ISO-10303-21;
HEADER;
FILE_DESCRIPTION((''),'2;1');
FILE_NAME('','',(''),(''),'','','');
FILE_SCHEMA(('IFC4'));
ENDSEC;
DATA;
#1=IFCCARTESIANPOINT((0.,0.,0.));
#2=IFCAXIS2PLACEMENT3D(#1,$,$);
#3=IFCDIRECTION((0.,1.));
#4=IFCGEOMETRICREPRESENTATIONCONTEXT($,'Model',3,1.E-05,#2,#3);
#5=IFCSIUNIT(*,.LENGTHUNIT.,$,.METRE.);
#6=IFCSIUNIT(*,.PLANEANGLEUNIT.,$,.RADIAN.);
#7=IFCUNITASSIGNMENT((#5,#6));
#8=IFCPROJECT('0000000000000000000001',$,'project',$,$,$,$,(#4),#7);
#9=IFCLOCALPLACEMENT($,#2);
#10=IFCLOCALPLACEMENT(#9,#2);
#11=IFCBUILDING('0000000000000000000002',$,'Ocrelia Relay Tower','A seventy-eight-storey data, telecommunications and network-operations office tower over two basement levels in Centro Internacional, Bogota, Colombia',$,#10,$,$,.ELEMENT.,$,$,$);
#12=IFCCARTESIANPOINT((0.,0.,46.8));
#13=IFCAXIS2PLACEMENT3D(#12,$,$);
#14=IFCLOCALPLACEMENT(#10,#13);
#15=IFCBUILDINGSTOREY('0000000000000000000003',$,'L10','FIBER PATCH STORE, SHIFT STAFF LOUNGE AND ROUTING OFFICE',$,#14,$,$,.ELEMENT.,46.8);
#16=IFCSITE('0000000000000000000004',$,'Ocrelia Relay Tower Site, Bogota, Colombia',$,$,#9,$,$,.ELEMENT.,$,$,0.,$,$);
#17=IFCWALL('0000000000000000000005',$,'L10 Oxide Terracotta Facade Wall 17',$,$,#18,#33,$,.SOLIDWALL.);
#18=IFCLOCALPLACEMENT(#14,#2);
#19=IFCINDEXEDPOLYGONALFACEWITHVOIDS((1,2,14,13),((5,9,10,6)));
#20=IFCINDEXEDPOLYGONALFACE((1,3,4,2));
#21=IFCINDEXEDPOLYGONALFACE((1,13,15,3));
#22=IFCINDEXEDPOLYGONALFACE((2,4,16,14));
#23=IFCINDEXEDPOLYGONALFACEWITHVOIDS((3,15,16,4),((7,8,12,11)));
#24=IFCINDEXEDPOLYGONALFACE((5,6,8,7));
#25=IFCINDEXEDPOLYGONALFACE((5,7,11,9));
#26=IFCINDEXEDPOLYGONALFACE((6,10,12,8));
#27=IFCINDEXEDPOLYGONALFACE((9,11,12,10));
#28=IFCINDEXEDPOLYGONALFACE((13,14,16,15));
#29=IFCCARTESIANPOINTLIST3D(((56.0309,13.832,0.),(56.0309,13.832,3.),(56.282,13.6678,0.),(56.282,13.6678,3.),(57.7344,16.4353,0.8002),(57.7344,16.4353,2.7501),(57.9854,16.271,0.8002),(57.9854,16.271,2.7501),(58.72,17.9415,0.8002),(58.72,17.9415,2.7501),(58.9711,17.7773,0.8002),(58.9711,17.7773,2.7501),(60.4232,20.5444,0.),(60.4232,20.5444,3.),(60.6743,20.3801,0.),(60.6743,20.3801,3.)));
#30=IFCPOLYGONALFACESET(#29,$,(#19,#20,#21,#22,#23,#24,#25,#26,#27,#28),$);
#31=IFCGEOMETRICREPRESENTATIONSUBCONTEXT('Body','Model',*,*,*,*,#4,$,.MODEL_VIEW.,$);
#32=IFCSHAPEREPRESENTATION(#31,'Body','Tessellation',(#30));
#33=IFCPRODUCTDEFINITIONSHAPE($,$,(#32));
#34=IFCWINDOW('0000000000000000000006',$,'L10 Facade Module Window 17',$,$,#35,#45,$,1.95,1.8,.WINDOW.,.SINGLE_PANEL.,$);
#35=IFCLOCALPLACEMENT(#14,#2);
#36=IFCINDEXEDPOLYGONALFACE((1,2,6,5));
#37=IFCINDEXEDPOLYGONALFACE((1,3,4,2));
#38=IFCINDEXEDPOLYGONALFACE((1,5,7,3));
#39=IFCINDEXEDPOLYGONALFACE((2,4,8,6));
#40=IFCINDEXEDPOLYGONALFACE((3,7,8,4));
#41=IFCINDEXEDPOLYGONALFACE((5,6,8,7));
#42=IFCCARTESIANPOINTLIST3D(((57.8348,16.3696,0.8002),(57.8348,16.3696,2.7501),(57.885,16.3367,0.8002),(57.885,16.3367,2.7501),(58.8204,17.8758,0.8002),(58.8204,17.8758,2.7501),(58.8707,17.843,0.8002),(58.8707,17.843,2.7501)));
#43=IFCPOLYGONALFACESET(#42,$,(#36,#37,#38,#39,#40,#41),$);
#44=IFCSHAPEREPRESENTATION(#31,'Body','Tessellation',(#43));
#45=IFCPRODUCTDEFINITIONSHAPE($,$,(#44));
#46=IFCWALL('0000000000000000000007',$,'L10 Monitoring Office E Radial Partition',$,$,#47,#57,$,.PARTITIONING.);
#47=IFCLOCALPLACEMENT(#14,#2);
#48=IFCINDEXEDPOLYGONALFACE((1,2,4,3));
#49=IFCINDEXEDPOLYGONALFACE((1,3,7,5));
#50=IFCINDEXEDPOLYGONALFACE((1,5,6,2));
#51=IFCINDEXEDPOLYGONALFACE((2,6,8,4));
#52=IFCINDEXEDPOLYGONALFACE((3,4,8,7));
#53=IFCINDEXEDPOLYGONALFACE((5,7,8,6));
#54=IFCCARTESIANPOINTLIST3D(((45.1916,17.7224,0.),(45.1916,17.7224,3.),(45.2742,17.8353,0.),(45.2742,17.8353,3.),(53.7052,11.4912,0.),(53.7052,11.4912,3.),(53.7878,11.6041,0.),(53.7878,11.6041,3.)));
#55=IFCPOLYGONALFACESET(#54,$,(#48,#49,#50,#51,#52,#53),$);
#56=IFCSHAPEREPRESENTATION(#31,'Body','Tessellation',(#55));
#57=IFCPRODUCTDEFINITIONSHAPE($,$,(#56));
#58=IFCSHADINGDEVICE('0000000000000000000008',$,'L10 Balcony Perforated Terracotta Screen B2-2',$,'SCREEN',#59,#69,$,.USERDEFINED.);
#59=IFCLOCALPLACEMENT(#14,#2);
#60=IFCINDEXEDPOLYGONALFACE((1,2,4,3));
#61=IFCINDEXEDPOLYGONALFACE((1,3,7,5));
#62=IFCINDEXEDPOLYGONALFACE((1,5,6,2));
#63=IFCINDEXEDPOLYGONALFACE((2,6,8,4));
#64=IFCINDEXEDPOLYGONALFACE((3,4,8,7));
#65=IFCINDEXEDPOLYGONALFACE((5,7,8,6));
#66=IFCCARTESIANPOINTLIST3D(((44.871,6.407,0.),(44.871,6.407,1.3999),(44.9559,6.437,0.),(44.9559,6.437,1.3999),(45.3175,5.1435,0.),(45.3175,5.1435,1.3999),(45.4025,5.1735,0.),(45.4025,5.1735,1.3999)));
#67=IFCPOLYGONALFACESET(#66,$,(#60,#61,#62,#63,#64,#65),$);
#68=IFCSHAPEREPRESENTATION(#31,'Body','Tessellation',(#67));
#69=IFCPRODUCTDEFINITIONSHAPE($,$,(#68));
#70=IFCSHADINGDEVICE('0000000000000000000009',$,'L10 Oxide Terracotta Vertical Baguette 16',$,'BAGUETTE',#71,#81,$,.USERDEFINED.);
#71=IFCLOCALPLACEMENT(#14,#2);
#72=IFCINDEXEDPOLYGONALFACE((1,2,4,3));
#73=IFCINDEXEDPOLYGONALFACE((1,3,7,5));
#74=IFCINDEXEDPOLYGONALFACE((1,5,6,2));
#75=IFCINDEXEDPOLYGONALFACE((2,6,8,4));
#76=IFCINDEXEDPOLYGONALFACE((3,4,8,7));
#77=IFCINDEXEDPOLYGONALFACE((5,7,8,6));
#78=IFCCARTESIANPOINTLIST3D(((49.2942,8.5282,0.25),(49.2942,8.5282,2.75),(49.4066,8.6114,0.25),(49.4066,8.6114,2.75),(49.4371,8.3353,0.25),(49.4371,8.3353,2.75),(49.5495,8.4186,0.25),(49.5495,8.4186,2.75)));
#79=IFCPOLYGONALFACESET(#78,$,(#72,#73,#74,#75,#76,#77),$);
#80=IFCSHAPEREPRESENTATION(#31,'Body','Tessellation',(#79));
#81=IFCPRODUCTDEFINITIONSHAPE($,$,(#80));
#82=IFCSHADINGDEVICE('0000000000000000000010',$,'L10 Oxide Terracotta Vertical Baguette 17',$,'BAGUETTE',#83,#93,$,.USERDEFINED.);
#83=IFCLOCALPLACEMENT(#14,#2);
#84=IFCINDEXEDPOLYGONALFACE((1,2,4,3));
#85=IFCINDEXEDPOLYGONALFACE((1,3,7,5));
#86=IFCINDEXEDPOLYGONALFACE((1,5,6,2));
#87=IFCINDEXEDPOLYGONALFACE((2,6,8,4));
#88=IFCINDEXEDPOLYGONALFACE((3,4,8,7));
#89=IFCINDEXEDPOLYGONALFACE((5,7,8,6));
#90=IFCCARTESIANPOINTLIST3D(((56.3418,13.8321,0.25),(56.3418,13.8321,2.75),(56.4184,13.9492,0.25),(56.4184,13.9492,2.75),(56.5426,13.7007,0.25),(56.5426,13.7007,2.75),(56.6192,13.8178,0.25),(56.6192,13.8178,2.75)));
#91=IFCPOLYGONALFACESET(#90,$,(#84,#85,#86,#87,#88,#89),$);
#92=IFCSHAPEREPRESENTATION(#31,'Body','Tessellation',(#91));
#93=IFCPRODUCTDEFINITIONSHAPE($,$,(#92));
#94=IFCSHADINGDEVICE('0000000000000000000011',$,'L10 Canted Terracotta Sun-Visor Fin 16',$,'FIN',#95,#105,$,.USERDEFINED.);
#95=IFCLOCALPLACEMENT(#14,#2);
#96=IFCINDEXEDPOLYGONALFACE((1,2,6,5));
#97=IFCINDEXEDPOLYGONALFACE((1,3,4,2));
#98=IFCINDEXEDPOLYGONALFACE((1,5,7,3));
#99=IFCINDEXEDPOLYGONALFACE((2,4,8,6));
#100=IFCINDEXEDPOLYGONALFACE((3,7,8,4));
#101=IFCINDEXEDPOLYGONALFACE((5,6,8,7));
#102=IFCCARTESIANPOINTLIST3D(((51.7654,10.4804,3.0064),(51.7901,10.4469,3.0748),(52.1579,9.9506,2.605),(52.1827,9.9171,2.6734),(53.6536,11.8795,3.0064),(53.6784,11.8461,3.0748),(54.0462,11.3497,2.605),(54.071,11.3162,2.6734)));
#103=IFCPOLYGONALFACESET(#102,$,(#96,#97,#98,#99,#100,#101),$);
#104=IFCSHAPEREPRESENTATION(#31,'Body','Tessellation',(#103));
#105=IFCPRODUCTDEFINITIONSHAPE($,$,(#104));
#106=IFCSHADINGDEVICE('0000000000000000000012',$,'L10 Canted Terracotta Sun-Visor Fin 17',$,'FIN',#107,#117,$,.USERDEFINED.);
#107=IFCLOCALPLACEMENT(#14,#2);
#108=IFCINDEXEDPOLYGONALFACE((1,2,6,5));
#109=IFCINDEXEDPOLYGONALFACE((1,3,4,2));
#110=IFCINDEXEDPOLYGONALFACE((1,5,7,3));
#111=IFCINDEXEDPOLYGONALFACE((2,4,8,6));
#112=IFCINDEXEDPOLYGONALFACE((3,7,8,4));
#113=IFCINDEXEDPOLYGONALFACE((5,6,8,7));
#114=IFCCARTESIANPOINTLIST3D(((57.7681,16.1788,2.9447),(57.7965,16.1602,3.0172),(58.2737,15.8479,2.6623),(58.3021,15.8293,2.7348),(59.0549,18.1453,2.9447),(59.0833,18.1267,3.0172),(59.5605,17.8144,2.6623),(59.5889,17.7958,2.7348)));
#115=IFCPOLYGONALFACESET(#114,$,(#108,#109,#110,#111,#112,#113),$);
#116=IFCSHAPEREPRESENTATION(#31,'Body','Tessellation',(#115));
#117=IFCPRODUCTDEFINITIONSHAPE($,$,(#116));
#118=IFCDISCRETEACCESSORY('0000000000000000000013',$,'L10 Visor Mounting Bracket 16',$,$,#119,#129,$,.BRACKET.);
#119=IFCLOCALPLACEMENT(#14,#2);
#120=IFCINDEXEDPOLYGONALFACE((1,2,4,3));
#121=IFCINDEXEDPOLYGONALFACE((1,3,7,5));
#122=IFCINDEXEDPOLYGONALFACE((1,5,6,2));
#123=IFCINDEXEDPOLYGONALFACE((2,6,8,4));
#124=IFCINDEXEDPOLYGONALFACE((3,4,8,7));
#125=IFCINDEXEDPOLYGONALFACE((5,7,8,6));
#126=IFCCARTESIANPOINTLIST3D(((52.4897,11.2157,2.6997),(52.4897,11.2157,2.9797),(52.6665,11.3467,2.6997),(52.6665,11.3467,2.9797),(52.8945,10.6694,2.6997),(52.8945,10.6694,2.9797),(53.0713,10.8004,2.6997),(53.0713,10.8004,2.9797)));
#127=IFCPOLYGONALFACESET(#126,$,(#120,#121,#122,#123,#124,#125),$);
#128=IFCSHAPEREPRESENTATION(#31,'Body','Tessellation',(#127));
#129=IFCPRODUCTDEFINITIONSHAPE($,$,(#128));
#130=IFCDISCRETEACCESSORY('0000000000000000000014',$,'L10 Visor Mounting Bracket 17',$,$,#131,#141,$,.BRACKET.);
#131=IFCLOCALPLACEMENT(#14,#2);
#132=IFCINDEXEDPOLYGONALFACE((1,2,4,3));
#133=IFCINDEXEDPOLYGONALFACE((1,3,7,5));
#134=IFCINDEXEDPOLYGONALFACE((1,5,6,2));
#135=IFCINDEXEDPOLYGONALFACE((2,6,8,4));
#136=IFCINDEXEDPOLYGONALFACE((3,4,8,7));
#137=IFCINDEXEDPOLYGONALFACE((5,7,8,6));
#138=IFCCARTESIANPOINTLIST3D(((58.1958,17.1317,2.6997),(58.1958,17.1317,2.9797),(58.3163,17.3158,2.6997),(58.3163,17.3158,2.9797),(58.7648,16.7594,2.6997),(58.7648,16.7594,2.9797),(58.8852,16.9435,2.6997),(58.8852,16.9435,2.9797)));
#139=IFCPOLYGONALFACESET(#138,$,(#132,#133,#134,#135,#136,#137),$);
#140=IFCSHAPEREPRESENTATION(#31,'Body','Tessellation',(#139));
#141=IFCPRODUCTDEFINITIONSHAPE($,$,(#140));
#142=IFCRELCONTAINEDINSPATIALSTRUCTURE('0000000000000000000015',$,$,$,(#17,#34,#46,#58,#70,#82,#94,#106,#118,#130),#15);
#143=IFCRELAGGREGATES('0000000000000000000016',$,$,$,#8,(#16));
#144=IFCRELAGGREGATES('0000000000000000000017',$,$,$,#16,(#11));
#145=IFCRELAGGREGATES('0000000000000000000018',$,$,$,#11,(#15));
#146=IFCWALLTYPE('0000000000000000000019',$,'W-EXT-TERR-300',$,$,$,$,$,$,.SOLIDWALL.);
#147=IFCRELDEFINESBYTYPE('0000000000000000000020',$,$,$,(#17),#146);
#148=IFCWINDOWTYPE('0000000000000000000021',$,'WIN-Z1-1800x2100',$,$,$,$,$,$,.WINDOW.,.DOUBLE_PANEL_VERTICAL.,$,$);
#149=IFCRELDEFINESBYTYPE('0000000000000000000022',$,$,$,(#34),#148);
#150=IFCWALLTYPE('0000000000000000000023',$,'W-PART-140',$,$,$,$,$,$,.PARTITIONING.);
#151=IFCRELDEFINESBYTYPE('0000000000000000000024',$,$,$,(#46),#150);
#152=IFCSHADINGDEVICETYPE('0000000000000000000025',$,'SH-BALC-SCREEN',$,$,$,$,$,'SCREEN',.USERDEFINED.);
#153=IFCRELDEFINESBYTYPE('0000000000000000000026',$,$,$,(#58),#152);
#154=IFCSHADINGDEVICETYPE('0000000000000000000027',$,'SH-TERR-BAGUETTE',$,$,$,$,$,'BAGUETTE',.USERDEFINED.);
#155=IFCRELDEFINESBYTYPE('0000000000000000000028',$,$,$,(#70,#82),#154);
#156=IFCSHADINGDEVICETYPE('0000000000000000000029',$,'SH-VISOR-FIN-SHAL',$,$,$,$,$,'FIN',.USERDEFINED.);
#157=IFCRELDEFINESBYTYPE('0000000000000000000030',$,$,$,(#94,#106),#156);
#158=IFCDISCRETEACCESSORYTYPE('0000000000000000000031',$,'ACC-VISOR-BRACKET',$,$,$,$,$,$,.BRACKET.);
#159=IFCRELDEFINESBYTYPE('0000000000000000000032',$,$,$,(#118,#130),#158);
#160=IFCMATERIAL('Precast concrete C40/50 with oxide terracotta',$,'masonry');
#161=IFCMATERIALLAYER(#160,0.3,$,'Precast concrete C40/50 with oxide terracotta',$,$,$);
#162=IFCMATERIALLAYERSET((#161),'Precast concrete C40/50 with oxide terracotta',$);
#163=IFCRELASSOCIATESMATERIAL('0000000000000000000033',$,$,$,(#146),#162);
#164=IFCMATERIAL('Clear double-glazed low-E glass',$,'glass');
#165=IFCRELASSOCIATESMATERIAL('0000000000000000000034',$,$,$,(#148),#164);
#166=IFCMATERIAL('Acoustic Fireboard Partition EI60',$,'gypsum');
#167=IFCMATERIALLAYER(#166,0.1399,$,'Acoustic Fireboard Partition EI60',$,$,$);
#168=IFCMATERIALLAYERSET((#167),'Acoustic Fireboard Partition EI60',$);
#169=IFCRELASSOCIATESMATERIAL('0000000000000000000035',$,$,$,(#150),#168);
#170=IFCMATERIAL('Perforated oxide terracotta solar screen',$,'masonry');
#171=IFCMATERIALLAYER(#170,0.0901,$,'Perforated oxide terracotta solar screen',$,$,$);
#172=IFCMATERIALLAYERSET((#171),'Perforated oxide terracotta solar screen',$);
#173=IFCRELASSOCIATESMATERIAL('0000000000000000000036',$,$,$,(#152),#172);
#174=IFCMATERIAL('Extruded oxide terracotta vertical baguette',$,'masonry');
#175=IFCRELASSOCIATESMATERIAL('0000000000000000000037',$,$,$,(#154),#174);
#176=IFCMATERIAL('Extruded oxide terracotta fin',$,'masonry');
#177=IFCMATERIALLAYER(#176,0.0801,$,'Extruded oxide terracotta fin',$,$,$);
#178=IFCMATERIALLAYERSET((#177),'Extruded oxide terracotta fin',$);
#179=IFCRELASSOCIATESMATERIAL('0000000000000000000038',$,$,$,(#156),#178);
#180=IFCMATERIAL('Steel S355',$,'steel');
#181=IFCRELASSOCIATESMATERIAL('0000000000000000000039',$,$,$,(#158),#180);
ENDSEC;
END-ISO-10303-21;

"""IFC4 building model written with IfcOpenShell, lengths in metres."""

from ifc_helpers import new_model, si_unit, direction, frame, frame_2d, origin, origin_2d, place, context, subcontext, project, spatial, rectangle, extrude, material, layer, layer_set, type_object, element, fill, save


model = new_model("IFC4")

# Units and contexts
model_context = context("Model", 3, precision=1e-05, world=origin(), true_north=direction((0.0, 1.0)))
body_context = subcontext(model_context, "Body", "Model", "MODEL_VIEW")
ifc_project = project(units=[si_unit("LENGTHUNIT", "METRE"), si_unit("PLANEANGLEUNIT", "RADIAN")], contexts=[model_context])

# Site, building, storey
site_placement = place(None, origin())
site = spatial("IfcSite", under=ifc_project, at=site_placement, Name="Ocrelia Relay Tower Site, Bogota, Colombia", CompositionType="ELEMENT", RefElevation=0.0)
building_placement = place(site_placement, origin())
building = spatial("IfcBuilding", under=site, at=building_placement, Name="Ocrelia Relay Tower", Description="A seventy-eight-storey data, telecommunications and network-operations office tower over two basement levels in Centro Internacional, Bogota, Colombia", CompositionType="ELEMENT")
storey_placement = place(building_placement, frame((0.0, 0.0, 46.8)))
storey = spatial("IfcBuildingStorey", under=building, at=storey_placement, Name="L10", Description="FIBER PATCH STORE, SHIFT STAFF LOUNGE AND ROUTING OFFICE", CompositionType="ELEMENT", Elevation=46.8)

# Shared definitions
ifc_material_1 = material(Name="Steel S355", Category="steel")

# Wall, opening, window
ifc_material_2 = material(Name="Precast concrete C40/50 with oxide terracotta", Category="masonry")
ifc_layer_1 = layer(ifc_material_2, 0.3, Name="Precast concrete C40/50 with oxide terracotta")
ifc_layer_set_1 = layer_set([ifc_layer_1], Name="Precast concrete C40/50 with oxide terracotta")
wall_type_1 = type_object("IfcWallType", Name="W-EXT-TERR-300", PredefinedType="SOLIDWALL", material=ifc_layer_set_1)
ifc_material_3 = material(Name="Clear double-glazed low-E glass", Category="glass")
window_type = type_object("IfcWindowType", Name="WIN-Z1-1800x2100", PartitioningType="DOUBLE_PANEL_VERTICAL", PredefinedType="WINDOW", material=ifc_material_3)
wall_1_placement = place(storey_placement, frame((56.1565, 13.75, 0.0), z_axis=(0.0, 0.0, 1.0), x_axis=(0.547551, 0.836772, 0.0)))
wall_1 = element("IfcWall", 1, at=wall_1_placement, inside=storey, type_object=wall_type_1, Name="L10 Oxide Terracotta Facade Wall 17", PredefinedType="SOLIDWALL", context=body_context, shape_type="SweptSolid", body=[
    extrude(rectangle(XDim=8.0217, YDim=0.3, at=frame_2d((4.0107, 0.0))), origin(), (0.0, 0.0, 1.0), 3.0),
])
opening_1_placement = place(wall_1_placement, frame((3.1111, 0.0, 0.8)))
opening_1 = element("IfcOpeningElement", 2, at=opening_1_placement, cuts=wall_1, PredefinedType="OPENING", context=body_context, shape_type="SweptSolid", body=[
    extrude(rectangle(XDim=1.8, YDim=1.95, at=frame_2d((0.8999, 0.9751))), frame((0.0, 0.1602, 0.0), z_axis=(0.0, -1.0, 0.0), x_axis=(1.0, 0.0, 0.0)), (0.0, 0.0, 1.0), 0.3201),
])
window_1_placement = place(opening_1_placement, origin())
window_1 = element("IfcWindow", 3, at=window_1_placement, inside=storey, type_object=window_type, Name="L10 Facade Module Window 17", OverallHeight=1.95, OverallWidth=1.8, PartitioningType="SINGLE_PANEL", PredefinedType="WINDOW", context=body_context, shape_type="SweptSolid", body=[
    extrude(rectangle(XDim=1.8, YDim=1.95, at=frame_2d((0.8999, 0.9751))), frame((0.0, 0.03, 0.0), z_axis=(0.0, -1.0, 0.0), x_axis=(1.0, 0.0, 0.0)), (0.0, 0.0, 1.0), 0.0601),
])
fill(opening_1, window_1)

# Wall
ifc_material_4 = material(Name="Acoustic Fireboard Partition EI60", Category="gypsum")
ifc_layer_2 = layer(ifc_material_4, 0.1399, Name="Acoustic Fireboard Partition EI60")
ifc_layer_set_2 = layer_set([ifc_layer_2], Name="Acoustic Fireboard Partition EI60")
wall_type_2 = type_object("IfcWallType", Name="W-PART-140", PredefinedType="PARTITIONING", material=ifc_layer_set_2)
wall_2_placement = place(storey_placement, frame((45.2329, 17.7788, 0.0), z_axis=(0.0, 0.0, 1.0), x_axis=(0.806954, -0.590614, 0.0)))
element("IfcWall", 4, at=wall_2_placement, inside=storey, type_object=wall_type_2, Name="L10 Monitoring Office E Radial Partition", PredefinedType="PARTITIONING", context=body_context, shape_type="SweptSolid", body=[
    extrude(rectangle(XDim=10.5503, YDim=0.1399, at=frame_2d((5.2751, 0.0))), origin(), (0.0, 0.0, 1.0), 3.0),
])

# Shading devices
ifc_material_5 = material(Name="Perforated oxide terracotta solar screen", Category="masonry")
ifc_layer_3 = layer(ifc_material_5, 0.0901, Name="Perforated oxide terracotta solar screen")
ifc_layer_set_3 = layer_set([ifc_layer_3], Name="Perforated oxide terracotta solar screen")
shading_device_type_1 = type_object("IfcShadingDeviceType", Name="SH-BALC-SCREEN", ElementType="SCREEN", PredefinedType="USERDEFINED", material=ifc_layer_set_3)
shading_device_1_placement = place(storey_placement, frame((45.1367, 5.7903, 0.0), z_axis=(0.0, 0.0, 1.0), x_axis=(0.333207, -0.942854, 0.0)))
element("IfcShadingDevice", 5, at=shading_device_1_placement, inside=storey, type_object=shading_device_type_1, Name="L10 Balcony Perforated Terracotta Screen B2-2", ObjectType="SCREEN", PredefinedType="USERDEFINED", context=body_context, shape_type="SweptSolid", body=[
    extrude(rectangle(XDim=1.3401, YDim=0.0901, at=origin_2d()), origin(), (0.0, 0.0, 1.0), 1.3999),
])
ifc_material_6 = material(Name="Extruded oxide terracotta vertical baguette", Category="masonry")
shading_device_type_2 = type_object("IfcShadingDeviceType", Name="SH-TERR-BAGUETTE", ElementType="BAGUETTE", PredefinedType="USERDEFINED", material=ifc_material_6)
for number, where, z_axis, x_axis, name in (
    (6, (49.4219, 8.4734, 0.25), (0.0, 0.0, 1.0), (0.803467, 0.59535, 0.0), "L10 Oxide Terracotta Vertical Baguette 16"),
    (7, (56.4805, 13.825, 0.25), (0.0, 0.0, 1.0), (0.547551, 0.836772, 0.0), "L10 Oxide Terracotta Vertical Baguette 17"),
):
    element("IfcShadingDevice", number, at=place(storey_placement, frame(where, z_axis=z_axis, x_axis=x_axis)), inside=storey, type_object=shading_device_type_2, Name=name, ObjectType="BAGUETTE", PredefinedType="USERDEFINED", context=body_context, shape_type="SweptSolid", body=[
        extrude(rectangle(XDim=0.1399, YDim=0.24, at=origin_2d()), origin(), (0.0, 0.0, 1.0), 2.5),
    ])
ifc_material_7 = material(Name="Extruded oxide terracotta fin", Category="masonry")
ifc_layer_4 = layer(ifc_material_7, 0.0801, Name="Extruded oxide terracotta fin")
ifc_layer_set_4 = layer_set([ifc_layer_4], Name="Extruded oxide terracotta fin")
shading_device_type_3 = type_object("IfcShadingDeviceType", Name="SH-VISOR-FIN-SHAL", ElementType="FIN", PredefinedType="USERDEFINED", material=ifc_layer_set_4)
shading_device_2_placement = place(storey_placement, frame((52.9058, 10.915, 2.8057), z_axis=(0.309562, -0.417776, 0.854187), x_axis=(0.803467, 0.59535, 0.0)))
element("IfcShadingDevice", 8, at=shading_device_2_placement, inside=storey, type_object=shading_device_type_3, Name="L10 Canted Terracotta Sun-Visor Fin 16", ObjectType="FIN", PredefinedType="USERDEFINED", context=body_context, shape_type="SweptSolid", body=[
    extrude(rectangle(XDim=2.3501, YDim=0.772, at=origin_2d()), origin(), (0.0, 0.0, 1.0), 0.0801),
])
shading_device_3_placement = place(storey_placement, frame((58.6643, 16.9966, 2.8035), z_axis=(0.354297, -0.231838, 0.905939), x_axis=(0.547551, 0.836772, 0.0)))
element("IfcShadingDevice", 9, at=shading_device_3_placement, inside=storey, type_object=shading_device_type_3, Name="L10 Canted Terracotta Sun-Visor Fin 17", ObjectType="FIN", PredefinedType="USERDEFINED", context=body_context, shape_type="SweptSolid", body=[
    extrude(rectangle(XDim=2.3501, YDim=0.667, at=origin_2d()), origin(), (0.0, 0.0, 1.0), 0.0801),
])

# Discrete accessories
discrete_accessory_type = type_object("IfcDiscreteAccessoryType", Name="ACC-VISOR-BRACKET", PredefinedType="BRACKET", material=ifc_material_1)
for number, where, z_axis, x_axis, name in (
    (10, (52.7805, 11.0081, 2.6997), (0.0, 0.0, 1.0), (0.803467, 0.59535, 0.0), "L10 Visor Mounting Bracket 16"),
    (11, (58.5405, 17.0376, 2.6997), (0.0, 0.0, 1.0), (0.547551, 0.836772, 0.0), "L10 Visor Mounting Bracket 17"),
):
    element("IfcDiscreteAccessory", number, at=place(storey_placement, frame(where, z_axis=z_axis, x_axis=x_axis)), inside=storey, type_object=discrete_accessory_type, Name=name, PredefinedType="BRACKET", context=body_context, shape_type="SweptSolid", body=[
        extrude(rectangle(XDim=0.22, YDim=0.6799, at=origin_2d()), origin(), (0.0, 0.0, 1.0), 0.28),
    ])

save(model, "model.ifc")
